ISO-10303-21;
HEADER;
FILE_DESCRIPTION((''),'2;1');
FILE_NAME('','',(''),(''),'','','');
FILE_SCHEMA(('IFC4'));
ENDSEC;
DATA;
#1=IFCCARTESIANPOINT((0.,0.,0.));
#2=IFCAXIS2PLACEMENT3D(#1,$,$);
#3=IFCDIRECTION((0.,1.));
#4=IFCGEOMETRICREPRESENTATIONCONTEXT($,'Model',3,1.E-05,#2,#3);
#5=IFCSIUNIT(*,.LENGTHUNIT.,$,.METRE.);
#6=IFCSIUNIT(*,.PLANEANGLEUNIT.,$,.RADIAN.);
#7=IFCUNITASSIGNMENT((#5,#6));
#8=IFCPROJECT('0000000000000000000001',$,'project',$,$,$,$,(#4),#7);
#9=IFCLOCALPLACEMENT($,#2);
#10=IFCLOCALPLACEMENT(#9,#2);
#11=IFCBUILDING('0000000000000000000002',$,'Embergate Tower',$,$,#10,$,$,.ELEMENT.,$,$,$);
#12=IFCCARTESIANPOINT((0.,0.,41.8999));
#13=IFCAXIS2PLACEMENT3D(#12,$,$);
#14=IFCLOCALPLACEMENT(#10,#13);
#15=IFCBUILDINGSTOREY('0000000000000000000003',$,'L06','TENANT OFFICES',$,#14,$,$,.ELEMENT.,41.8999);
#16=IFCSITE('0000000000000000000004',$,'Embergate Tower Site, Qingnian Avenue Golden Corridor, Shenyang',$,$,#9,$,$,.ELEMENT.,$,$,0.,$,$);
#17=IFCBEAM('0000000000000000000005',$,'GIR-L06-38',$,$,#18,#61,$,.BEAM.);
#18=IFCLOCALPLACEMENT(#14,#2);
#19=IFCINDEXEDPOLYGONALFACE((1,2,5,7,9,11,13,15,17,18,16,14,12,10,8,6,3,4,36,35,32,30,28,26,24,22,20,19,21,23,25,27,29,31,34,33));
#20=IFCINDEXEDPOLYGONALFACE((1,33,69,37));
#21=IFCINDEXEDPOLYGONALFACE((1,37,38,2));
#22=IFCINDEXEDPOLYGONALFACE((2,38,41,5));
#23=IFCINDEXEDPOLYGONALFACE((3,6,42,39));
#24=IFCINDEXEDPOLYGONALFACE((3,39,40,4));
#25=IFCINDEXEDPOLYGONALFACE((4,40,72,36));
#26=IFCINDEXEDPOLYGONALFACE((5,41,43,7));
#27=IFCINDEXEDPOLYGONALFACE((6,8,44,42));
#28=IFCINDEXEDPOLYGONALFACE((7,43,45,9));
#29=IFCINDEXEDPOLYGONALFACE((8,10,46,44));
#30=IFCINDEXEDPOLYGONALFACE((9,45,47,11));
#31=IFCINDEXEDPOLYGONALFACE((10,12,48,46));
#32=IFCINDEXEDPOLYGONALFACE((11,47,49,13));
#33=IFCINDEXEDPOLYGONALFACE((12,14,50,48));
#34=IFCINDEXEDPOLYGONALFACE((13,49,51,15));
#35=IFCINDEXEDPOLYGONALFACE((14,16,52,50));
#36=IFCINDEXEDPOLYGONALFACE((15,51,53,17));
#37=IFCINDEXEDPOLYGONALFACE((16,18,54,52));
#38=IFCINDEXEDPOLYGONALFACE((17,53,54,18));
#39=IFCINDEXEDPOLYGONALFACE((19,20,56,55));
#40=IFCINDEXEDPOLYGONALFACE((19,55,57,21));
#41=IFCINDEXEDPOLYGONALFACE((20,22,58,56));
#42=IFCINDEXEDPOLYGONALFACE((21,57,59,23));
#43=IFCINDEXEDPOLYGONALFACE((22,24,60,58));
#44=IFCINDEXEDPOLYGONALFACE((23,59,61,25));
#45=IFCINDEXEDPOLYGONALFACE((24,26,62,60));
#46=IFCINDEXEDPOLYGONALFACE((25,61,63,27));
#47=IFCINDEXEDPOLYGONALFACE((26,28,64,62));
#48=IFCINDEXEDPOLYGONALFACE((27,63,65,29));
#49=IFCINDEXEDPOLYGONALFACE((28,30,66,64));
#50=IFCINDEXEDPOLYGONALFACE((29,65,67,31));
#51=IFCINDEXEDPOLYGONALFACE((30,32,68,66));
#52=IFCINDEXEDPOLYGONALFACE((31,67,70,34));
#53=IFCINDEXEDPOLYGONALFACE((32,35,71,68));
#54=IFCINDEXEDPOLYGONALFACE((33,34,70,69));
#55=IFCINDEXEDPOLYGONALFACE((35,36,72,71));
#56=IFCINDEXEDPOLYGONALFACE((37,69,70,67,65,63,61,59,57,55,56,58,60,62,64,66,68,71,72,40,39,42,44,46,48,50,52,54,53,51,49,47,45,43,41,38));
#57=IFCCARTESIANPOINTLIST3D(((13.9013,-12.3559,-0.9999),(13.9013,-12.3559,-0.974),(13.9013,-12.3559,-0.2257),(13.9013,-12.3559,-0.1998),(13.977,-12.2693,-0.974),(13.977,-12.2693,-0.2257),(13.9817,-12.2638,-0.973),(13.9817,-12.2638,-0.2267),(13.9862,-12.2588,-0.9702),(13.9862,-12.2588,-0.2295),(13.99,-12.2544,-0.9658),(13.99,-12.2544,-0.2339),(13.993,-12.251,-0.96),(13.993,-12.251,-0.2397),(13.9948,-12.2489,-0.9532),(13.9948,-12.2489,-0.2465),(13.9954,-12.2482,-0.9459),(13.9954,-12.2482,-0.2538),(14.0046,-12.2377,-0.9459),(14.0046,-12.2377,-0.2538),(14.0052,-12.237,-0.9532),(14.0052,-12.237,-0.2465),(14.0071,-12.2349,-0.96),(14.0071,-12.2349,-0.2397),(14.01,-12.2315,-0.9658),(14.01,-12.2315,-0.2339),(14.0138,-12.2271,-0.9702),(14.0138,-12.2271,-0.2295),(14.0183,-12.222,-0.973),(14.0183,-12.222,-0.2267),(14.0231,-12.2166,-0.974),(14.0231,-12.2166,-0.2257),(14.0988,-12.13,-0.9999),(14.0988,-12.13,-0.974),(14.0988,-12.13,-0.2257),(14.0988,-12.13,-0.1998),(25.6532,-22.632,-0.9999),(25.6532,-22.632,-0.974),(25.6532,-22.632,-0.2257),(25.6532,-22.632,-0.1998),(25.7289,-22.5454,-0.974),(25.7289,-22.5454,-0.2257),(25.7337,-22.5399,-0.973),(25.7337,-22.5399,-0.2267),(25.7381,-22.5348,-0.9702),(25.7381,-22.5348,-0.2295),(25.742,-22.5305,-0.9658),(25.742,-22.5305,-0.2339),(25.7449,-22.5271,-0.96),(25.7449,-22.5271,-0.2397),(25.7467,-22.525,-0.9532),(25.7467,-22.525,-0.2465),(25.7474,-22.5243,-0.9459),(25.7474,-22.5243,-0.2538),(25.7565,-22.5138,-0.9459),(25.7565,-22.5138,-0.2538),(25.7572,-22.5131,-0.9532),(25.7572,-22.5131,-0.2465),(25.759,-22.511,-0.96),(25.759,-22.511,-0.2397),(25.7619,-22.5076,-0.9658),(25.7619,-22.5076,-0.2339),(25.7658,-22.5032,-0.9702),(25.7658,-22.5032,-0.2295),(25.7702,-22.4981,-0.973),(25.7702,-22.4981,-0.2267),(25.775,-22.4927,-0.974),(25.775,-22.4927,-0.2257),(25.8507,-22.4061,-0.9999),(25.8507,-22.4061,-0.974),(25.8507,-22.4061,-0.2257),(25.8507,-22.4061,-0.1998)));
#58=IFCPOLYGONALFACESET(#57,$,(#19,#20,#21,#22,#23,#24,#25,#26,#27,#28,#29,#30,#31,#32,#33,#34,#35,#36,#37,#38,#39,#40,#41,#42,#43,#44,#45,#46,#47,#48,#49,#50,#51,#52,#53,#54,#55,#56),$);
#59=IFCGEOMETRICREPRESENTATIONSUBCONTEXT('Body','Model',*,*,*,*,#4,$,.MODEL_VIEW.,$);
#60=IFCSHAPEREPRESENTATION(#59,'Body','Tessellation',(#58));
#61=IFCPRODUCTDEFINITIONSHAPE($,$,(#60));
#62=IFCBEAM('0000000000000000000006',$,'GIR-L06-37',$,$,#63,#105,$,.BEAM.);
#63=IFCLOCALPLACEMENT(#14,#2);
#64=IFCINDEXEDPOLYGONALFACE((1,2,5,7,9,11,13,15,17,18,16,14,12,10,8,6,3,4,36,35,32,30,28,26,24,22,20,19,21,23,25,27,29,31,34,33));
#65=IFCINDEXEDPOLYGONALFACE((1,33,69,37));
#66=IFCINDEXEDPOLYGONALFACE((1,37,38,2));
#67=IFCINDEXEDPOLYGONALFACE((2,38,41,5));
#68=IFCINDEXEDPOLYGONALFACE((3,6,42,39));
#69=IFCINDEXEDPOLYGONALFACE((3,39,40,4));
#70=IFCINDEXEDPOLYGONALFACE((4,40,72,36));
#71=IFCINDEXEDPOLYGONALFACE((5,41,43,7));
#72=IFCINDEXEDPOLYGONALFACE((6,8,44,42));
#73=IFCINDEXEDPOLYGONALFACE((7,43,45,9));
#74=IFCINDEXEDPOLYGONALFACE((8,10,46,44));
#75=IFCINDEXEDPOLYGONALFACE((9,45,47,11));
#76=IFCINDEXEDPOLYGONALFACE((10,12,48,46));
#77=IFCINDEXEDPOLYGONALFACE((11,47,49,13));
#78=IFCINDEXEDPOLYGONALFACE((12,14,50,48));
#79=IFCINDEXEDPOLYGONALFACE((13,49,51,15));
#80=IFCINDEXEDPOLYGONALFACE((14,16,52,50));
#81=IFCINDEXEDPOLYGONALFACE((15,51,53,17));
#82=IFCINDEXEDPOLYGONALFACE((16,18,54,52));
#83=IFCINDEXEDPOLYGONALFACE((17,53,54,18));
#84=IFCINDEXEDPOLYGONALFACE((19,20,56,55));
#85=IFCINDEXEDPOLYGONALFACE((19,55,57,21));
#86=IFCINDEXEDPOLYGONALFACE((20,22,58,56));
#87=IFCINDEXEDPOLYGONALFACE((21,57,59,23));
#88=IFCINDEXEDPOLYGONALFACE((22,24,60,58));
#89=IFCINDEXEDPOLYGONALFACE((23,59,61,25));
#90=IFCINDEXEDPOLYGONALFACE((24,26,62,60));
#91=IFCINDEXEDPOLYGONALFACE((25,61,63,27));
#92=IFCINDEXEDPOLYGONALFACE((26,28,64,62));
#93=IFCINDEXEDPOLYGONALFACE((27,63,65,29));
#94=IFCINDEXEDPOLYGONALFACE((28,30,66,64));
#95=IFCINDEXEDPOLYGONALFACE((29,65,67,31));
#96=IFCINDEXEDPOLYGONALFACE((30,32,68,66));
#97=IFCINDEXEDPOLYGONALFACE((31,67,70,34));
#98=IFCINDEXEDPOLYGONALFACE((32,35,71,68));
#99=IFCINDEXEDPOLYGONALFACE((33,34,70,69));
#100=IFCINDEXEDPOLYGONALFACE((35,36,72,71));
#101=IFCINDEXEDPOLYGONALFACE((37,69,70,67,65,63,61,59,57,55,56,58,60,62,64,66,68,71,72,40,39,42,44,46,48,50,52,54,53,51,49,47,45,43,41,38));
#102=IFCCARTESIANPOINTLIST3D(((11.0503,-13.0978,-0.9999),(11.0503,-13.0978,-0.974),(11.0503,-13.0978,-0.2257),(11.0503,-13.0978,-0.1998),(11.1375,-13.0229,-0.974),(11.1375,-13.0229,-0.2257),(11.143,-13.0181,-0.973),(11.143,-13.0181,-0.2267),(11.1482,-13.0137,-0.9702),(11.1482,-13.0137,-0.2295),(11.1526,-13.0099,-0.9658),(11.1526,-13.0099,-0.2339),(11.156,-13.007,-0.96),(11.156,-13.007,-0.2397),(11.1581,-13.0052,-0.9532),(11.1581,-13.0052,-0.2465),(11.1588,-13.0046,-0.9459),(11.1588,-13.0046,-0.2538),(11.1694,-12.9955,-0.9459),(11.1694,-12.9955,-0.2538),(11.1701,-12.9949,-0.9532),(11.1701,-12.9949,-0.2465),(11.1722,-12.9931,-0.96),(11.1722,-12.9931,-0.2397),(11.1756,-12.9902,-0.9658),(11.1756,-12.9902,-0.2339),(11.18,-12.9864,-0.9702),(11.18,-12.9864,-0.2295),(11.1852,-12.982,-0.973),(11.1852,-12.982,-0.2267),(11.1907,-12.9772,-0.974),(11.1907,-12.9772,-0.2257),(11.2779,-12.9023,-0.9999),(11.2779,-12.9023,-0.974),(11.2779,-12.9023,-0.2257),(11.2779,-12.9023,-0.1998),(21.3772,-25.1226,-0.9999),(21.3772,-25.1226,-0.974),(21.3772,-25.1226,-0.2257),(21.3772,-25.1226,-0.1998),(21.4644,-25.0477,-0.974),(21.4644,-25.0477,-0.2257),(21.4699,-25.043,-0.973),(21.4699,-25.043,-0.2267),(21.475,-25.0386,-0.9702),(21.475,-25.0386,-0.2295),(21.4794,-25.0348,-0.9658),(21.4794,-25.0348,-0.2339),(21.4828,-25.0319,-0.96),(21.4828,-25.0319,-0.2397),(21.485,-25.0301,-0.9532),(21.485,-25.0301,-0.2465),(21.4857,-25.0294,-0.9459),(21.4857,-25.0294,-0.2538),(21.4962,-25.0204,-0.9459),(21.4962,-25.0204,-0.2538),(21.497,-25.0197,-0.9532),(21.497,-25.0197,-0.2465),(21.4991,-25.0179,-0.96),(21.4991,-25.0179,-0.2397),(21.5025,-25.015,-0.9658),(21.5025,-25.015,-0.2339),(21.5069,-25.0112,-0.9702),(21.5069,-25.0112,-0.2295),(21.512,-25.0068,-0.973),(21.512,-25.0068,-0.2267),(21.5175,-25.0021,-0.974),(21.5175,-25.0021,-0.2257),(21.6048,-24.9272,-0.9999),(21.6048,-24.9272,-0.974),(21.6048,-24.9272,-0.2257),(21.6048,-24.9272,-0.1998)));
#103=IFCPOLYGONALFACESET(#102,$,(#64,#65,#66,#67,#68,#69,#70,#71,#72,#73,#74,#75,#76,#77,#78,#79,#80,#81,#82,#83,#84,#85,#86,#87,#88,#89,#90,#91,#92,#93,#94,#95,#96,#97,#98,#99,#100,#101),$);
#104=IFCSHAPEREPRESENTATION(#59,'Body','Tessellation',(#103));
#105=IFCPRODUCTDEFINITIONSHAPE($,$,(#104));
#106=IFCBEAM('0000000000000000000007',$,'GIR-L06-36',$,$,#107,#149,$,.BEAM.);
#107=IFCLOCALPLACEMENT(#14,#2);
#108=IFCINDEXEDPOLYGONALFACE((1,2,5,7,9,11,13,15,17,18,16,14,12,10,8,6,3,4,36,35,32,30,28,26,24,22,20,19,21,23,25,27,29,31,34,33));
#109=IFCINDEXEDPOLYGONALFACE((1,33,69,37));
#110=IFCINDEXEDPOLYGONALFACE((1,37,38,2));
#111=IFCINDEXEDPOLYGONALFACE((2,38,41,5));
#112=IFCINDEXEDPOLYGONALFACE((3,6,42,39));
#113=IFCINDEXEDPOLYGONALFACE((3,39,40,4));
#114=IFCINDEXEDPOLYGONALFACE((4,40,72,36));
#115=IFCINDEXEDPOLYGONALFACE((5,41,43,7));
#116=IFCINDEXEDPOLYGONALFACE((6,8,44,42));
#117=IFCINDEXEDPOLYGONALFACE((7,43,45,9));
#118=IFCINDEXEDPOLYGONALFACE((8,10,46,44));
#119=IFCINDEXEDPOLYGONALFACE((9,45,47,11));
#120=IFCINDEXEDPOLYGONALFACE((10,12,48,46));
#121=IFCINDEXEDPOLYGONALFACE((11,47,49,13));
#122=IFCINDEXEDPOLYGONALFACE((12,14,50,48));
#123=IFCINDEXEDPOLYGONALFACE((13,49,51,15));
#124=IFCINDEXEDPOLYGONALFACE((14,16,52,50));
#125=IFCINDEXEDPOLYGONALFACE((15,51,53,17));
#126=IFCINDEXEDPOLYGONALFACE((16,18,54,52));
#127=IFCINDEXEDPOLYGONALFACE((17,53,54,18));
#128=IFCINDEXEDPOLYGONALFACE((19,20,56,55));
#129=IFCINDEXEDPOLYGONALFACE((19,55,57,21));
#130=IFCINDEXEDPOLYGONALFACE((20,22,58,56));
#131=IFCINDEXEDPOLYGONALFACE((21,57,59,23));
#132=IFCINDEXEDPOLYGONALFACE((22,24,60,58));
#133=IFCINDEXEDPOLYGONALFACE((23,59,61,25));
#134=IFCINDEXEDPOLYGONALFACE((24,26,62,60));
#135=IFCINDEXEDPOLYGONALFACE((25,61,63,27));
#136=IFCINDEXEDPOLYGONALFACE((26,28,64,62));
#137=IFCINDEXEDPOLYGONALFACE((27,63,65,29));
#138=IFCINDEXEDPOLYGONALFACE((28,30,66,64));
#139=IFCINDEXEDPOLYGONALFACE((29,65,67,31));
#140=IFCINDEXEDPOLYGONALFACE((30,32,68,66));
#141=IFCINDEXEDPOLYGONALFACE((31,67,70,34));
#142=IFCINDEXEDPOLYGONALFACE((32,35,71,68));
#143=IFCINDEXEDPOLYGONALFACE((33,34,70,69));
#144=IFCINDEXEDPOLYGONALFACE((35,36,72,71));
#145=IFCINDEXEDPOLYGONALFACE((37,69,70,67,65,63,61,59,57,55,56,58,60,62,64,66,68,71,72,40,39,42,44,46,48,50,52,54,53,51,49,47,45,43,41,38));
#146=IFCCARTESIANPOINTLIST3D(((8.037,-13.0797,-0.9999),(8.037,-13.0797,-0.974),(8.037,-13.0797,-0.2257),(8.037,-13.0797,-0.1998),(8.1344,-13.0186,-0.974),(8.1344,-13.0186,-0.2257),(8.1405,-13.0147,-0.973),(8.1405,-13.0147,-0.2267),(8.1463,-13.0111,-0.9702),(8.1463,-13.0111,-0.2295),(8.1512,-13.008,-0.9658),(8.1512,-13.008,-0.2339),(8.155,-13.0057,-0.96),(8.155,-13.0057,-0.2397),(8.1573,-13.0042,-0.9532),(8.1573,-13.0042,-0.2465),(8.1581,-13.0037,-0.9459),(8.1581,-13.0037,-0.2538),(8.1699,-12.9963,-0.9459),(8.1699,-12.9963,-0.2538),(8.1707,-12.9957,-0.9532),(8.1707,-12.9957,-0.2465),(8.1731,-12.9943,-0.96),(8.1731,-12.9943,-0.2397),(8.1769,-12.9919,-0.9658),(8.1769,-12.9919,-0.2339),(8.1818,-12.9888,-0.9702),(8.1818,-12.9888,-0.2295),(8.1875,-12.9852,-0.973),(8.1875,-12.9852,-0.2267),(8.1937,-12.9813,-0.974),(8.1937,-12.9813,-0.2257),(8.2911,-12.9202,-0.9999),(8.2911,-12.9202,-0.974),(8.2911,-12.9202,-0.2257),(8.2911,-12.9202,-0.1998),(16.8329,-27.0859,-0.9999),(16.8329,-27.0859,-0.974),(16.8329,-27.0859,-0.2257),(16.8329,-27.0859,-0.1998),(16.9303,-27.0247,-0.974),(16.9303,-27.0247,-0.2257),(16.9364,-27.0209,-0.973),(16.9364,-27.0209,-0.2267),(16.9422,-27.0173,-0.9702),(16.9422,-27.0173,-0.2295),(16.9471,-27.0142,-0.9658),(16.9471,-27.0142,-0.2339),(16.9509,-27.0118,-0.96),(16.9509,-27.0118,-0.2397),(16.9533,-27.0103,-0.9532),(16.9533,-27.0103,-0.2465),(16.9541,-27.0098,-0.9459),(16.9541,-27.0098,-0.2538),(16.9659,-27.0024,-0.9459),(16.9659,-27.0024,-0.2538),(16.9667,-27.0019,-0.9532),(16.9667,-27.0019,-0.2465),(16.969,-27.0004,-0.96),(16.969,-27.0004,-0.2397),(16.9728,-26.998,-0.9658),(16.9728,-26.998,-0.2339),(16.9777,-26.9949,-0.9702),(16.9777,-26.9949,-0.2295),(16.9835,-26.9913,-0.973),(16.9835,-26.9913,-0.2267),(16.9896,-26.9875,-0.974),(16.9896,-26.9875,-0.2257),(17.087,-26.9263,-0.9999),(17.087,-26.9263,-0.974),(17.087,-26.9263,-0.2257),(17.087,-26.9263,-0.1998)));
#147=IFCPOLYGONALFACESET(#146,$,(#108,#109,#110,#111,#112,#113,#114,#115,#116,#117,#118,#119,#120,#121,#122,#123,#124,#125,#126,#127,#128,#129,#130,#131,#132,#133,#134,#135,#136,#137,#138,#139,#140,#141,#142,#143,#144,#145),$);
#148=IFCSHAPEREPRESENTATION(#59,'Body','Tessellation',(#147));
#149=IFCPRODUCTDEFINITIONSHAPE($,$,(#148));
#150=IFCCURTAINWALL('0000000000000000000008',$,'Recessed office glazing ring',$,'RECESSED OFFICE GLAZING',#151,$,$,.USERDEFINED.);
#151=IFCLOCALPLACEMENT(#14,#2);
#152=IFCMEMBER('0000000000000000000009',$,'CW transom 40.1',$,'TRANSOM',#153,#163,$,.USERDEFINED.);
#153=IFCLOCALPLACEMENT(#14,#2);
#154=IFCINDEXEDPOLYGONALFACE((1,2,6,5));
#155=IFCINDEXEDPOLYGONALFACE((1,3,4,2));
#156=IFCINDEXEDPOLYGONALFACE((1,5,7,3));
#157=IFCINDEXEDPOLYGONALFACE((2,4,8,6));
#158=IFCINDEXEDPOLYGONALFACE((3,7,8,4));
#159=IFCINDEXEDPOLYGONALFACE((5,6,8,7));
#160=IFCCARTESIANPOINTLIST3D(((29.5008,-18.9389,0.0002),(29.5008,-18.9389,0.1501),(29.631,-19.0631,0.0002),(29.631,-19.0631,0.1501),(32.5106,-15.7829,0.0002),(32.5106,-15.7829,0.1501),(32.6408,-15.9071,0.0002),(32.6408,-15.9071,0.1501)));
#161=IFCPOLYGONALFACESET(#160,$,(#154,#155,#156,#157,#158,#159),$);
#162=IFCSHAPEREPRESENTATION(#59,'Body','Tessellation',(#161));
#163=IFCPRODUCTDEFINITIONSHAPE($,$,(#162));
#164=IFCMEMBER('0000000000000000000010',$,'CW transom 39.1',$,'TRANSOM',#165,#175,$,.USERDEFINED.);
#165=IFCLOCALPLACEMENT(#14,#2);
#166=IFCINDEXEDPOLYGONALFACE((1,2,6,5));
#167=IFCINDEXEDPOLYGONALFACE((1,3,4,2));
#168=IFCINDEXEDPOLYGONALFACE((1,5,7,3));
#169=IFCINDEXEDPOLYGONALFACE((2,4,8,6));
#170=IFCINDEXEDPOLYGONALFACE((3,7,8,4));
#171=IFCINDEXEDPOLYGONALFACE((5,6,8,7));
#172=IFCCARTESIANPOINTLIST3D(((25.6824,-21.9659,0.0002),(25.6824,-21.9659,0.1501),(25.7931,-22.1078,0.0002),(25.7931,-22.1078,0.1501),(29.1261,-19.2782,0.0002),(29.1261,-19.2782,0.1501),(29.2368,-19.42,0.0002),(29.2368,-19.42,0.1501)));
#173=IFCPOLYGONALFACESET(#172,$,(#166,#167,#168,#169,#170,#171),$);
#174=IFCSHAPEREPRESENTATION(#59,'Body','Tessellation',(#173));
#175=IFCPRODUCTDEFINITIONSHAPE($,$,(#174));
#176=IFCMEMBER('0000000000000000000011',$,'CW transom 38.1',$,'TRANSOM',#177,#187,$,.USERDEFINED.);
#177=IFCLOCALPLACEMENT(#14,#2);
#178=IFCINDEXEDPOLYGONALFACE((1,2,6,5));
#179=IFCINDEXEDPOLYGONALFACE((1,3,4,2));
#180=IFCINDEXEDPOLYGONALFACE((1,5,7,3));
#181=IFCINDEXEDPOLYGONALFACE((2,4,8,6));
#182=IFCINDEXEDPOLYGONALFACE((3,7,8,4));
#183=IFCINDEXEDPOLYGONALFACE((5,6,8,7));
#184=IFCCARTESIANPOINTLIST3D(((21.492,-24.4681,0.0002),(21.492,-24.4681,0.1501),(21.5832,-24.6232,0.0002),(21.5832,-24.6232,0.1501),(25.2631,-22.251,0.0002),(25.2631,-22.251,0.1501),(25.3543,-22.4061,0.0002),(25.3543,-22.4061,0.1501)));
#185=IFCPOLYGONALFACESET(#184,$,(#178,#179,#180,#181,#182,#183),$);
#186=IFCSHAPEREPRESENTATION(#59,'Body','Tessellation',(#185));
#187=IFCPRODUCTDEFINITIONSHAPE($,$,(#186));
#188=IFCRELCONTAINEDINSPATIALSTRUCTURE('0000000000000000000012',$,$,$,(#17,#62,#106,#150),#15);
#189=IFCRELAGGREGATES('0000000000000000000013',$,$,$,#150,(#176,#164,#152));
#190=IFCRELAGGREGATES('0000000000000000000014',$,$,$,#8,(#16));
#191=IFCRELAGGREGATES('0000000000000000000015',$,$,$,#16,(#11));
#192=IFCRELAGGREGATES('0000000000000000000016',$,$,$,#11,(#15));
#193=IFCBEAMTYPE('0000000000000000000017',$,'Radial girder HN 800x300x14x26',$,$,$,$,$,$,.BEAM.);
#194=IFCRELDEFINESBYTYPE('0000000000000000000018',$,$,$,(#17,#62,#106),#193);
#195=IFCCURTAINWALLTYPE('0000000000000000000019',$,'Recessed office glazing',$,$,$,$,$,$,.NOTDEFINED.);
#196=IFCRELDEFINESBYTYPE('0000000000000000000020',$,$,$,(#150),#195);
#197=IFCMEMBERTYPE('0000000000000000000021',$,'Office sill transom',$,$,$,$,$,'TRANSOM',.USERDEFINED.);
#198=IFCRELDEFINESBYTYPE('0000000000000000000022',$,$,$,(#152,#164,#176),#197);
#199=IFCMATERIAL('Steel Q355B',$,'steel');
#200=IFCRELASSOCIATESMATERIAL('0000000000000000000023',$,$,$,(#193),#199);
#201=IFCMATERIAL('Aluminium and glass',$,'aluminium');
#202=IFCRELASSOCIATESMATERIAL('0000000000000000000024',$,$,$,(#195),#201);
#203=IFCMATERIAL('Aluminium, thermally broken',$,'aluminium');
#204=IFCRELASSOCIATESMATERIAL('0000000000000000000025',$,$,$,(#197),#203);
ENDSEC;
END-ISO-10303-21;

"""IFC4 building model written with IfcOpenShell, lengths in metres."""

from ifc_helpers import new_model, si_unit, direction, frame, origin, origin_2d, place, context, subcontext, project, spatial, rectangle, i_section, extrude, source, transform, mapped, material, material_profile, profile_set, type_object, element, aggregate, save


model = new_model("IFC4")

# Units and contexts
model_context = context("Model", 3, precision=1e-05, world=origin(), true_north=direction((0.0, 1.0)))
body_context = subcontext(model_context, "Body", "Model", "MODEL_VIEW")
ifc_project = project(units=[si_unit("LENGTHUNIT", "METRE"), si_unit("PLANEANGLEUNIT", "RADIAN")], contexts=[model_context])

# Site, building, storey
site_placement = place(None, origin())
site = spatial("IfcSite", under=ifc_project, at=site_placement, Name="Embergate Tower Site, Qingnian Avenue Golden Corridor, Shenyang", CompositionType="ELEMENT", RefElevation=0.0)
building_placement = place(site_placement, origin())
building = spatial("IfcBuilding", under=site, at=building_placement, Name="Embergate Tower", CompositionType="ELEMENT")
storey_placement = place(building_placement, frame((0.0, 0.0, 41.8999)))
storey = spatial("IfcBuildingStorey", under=building, at=storey_placement, Name="L06", Description="TENANT OFFICES", CompositionType="ELEMENT", Elevation=41.8999)

# Beams
ifc_material_1 = material(Name="Steel Q355B", Category="steel")
ifc_material_profile_1 = material_profile(ifc_material_1, i_section(OverallWidth=0.3, OverallDepth=0.8, WebThickness=0.0139, FlangeThickness=0.0259, FilletRadius=0.0281, at=origin_2d()), Name="HN 800x300x14x26")
ifc_profile_set_1 = profile_set([ifc_material_profile_1], Name="Steel Q355 grade B")
beam_type_1 = type_object("IfcBeamType", Name="Radial girder HN 800x300x14x26", PredefinedType="BEAM", material=ifc_profile_set_1)
shared_shape_1 = source(origin(), body_context, "Body", "SweptSolid", [
    extrude(i_section(OverallWidth=0.3, OverallDepth=0.8, WebThickness=0.0139, FlangeThickness=0.0259, FilletRadius=0.0281, at=origin_2d()), origin(), (0.0, 0.0, 1.0), 15.6111),
])
beam_1_placement = place(storey_placement, frame((25.752, -22.519, -0.5999), z_axis=(-0.752794, 0.658257, 0.0), x_axis=(-0.658257, -0.752794, 0.0)))
element("IfcBeam", 1, at=beam_1_placement, inside=storey, type_object=beam_type_1, Name="GIR-L06-38", PredefinedType="BEAM", context=body_context, shape_type="MappedRepresentation", body=[
    mapped(shared_shape_1, transform((0.0, 0.0, 0.0))),
])
shared_shape_2 = source(origin(), body_context, "Body", "SweptSolid", [
    extrude(i_section(OverallWidth=0.3, OverallDepth=0.8, WebThickness=0.0139, FlangeThickness=0.0259, FilletRadius=0.0281, at=origin_2d()), origin(), (0.0, 0.0, 1.0), 15.8506),
])
beam_2_placement = place(storey_placement, frame((21.491, -25.0249, -0.5999), z_axis=(-0.651513, 0.758638, 0.0), x_axis=(-0.758638, -0.651513, 0.0)))
element("IfcBeam", 2, at=beam_2_placement, inside=storey, type_object=beam_type_1, Name="GIR-L06-37", PredefinedType="BEAM", context=body_context, shape_type="MappedRepresentation", body=[
    mapped(shared_shape_2, transform((0.0, 0.0, 0.0))),
])
shared_shape_3 = source(origin(), body_context, "Body", "SweptSolid", [
    extrude(i_section(OverallWidth=0.3, OverallDepth=0.8, WebThickness=0.0139, FlangeThickness=0.0259, FilletRadius=0.0281, at=origin_2d()), origin(), (0.0, 0.0, 1.0), 16.5391),
])
beam_3_placement = place(storey_placement, frame((16.96, -27.0061, -0.5999), z_axis=(-0.531827, 0.846853, 0.0), x_axis=(-0.846853, -0.531827, 0.0)))
element("IfcBeam", 3, at=beam_3_placement, inside=storey, type_object=beam_type_1, Name="GIR-L06-36", PredefinedType="BEAM", context=body_context, shape_type="MappedRepresentation", body=[
    mapped(shared_shape_3, transform((0.0, 0.0, 0.0))),
])

# Curtain wall, members
ifc_material_2 = material(Name="Aluminium and glass", Category="aluminium")
curtain_wall_type = type_object("IfcCurtainWallType", Name="Recessed office glazing", PredefinedType="NOTDEFINED", material=ifc_material_2)
curtain_wall_placement = place(storey_placement, origin())
curtain_wall = element("IfcCurtainWall", 4, at=curtain_wall_placement, inside=storey, type_object=curtain_wall_type, Name="Recessed office glazing ring", ObjectType="RECESSED OFFICE GLAZING", PredefinedType="USERDEFINED")
ifc_material_3 = material(Name="Aluminium, thermally broken", Category="aluminium")
ifc_material_profile_2 = material_profile(ifc_material_3, rectangle(XDim=0.1799, YDim=0.1499, at=origin_2d()), Name="AL 150x180")
ifc_profile_set_2 = profile_set([ifc_material_profile_2], Name="Aluminium, thermally broken")
member_type_1 = type_object("IfcMemberType", Name="Office sill transom", ElementType="TRANSOM", PredefinedType="USERDEFINED", material=ifc_profile_set_2)
shared_shape_4 = source(origin(), body_context, "Body", "SweptSolid", [
    extrude(rectangle(XDim=0.1799, YDim=0.1499, at=origin_2d()), origin(), (0.0, 0.0, 1.0), 4.3611),
])
member_1_placement = place(storey_placement, frame((29.5659, -19.001, 0.0752), z_axis=(0.690141, 0.723674, 0.0), x_axis=(-0.723674, 0.690141, 0.0)))
member_1 = element("IfcMember", 5, at=member_1_placement, type_object=member_type_1, Name="CW transom 40.1", ObjectType="TRANSOM", PredefinedType="USERDEFINED", context=body_context, shape_type="MappedRepresentation", body=[
    mapped(shared_shape_4, transform((0.0, 0.0, 0.0))),
])
shared_shape_5 = source(origin(), body_context, "Body", "SweptSolid", [
    extrude(rectangle(XDim=0.1799, YDim=0.1499, at=origin_2d()), origin(), (0.0, 0.0, 1.0), 4.3684),
])
member_2_placement = place(storey_placement, frame((25.7378, -22.0369, 0.0752), z_axis=(0.78831, 0.615278, 0.0), x_axis=(-0.615278, 0.78831, 0.0)))
member_2 = element("IfcMember", 6, at=member_2_placement, type_object=member_type_1, Name="CW transom 39.1", ObjectType="TRANSOM", PredefinedType="USERDEFINED", context=body_context, shape_type="MappedRepresentation", body=[
    mapped(shared_shape_5, transform((0.0, 0.0, 0.0))),
])
shared_shape_6 = source(origin(), body_context, "Body", "SweptSolid", [
    extrude(rectangle(XDim=0.1799, YDim=0.1499, at=origin_2d()), origin(), (0.0, 0.0, 1.0), 4.3745),
])
member_3_placement = place(storey_placement, frame((21.5376, -24.5457, 0.0752), z_axis=(0.862053, 0.506818, 0.0), x_axis=(-0.506818, 0.862053, 0.0)))
member_3 = element("IfcMember", 7, at=member_3_placement, type_object=member_type_1, Name="CW transom 38.1", ObjectType="TRANSOM", PredefinedType="USERDEFINED", context=body_context, shape_type="MappedRepresentation", body=[
    mapped(shared_shape_6, transform((0.0, 0.0, 0.0))),
])
aggregate(curtain_wall, [member_3, member_2, member_1])

save(model, "model.ifc")
